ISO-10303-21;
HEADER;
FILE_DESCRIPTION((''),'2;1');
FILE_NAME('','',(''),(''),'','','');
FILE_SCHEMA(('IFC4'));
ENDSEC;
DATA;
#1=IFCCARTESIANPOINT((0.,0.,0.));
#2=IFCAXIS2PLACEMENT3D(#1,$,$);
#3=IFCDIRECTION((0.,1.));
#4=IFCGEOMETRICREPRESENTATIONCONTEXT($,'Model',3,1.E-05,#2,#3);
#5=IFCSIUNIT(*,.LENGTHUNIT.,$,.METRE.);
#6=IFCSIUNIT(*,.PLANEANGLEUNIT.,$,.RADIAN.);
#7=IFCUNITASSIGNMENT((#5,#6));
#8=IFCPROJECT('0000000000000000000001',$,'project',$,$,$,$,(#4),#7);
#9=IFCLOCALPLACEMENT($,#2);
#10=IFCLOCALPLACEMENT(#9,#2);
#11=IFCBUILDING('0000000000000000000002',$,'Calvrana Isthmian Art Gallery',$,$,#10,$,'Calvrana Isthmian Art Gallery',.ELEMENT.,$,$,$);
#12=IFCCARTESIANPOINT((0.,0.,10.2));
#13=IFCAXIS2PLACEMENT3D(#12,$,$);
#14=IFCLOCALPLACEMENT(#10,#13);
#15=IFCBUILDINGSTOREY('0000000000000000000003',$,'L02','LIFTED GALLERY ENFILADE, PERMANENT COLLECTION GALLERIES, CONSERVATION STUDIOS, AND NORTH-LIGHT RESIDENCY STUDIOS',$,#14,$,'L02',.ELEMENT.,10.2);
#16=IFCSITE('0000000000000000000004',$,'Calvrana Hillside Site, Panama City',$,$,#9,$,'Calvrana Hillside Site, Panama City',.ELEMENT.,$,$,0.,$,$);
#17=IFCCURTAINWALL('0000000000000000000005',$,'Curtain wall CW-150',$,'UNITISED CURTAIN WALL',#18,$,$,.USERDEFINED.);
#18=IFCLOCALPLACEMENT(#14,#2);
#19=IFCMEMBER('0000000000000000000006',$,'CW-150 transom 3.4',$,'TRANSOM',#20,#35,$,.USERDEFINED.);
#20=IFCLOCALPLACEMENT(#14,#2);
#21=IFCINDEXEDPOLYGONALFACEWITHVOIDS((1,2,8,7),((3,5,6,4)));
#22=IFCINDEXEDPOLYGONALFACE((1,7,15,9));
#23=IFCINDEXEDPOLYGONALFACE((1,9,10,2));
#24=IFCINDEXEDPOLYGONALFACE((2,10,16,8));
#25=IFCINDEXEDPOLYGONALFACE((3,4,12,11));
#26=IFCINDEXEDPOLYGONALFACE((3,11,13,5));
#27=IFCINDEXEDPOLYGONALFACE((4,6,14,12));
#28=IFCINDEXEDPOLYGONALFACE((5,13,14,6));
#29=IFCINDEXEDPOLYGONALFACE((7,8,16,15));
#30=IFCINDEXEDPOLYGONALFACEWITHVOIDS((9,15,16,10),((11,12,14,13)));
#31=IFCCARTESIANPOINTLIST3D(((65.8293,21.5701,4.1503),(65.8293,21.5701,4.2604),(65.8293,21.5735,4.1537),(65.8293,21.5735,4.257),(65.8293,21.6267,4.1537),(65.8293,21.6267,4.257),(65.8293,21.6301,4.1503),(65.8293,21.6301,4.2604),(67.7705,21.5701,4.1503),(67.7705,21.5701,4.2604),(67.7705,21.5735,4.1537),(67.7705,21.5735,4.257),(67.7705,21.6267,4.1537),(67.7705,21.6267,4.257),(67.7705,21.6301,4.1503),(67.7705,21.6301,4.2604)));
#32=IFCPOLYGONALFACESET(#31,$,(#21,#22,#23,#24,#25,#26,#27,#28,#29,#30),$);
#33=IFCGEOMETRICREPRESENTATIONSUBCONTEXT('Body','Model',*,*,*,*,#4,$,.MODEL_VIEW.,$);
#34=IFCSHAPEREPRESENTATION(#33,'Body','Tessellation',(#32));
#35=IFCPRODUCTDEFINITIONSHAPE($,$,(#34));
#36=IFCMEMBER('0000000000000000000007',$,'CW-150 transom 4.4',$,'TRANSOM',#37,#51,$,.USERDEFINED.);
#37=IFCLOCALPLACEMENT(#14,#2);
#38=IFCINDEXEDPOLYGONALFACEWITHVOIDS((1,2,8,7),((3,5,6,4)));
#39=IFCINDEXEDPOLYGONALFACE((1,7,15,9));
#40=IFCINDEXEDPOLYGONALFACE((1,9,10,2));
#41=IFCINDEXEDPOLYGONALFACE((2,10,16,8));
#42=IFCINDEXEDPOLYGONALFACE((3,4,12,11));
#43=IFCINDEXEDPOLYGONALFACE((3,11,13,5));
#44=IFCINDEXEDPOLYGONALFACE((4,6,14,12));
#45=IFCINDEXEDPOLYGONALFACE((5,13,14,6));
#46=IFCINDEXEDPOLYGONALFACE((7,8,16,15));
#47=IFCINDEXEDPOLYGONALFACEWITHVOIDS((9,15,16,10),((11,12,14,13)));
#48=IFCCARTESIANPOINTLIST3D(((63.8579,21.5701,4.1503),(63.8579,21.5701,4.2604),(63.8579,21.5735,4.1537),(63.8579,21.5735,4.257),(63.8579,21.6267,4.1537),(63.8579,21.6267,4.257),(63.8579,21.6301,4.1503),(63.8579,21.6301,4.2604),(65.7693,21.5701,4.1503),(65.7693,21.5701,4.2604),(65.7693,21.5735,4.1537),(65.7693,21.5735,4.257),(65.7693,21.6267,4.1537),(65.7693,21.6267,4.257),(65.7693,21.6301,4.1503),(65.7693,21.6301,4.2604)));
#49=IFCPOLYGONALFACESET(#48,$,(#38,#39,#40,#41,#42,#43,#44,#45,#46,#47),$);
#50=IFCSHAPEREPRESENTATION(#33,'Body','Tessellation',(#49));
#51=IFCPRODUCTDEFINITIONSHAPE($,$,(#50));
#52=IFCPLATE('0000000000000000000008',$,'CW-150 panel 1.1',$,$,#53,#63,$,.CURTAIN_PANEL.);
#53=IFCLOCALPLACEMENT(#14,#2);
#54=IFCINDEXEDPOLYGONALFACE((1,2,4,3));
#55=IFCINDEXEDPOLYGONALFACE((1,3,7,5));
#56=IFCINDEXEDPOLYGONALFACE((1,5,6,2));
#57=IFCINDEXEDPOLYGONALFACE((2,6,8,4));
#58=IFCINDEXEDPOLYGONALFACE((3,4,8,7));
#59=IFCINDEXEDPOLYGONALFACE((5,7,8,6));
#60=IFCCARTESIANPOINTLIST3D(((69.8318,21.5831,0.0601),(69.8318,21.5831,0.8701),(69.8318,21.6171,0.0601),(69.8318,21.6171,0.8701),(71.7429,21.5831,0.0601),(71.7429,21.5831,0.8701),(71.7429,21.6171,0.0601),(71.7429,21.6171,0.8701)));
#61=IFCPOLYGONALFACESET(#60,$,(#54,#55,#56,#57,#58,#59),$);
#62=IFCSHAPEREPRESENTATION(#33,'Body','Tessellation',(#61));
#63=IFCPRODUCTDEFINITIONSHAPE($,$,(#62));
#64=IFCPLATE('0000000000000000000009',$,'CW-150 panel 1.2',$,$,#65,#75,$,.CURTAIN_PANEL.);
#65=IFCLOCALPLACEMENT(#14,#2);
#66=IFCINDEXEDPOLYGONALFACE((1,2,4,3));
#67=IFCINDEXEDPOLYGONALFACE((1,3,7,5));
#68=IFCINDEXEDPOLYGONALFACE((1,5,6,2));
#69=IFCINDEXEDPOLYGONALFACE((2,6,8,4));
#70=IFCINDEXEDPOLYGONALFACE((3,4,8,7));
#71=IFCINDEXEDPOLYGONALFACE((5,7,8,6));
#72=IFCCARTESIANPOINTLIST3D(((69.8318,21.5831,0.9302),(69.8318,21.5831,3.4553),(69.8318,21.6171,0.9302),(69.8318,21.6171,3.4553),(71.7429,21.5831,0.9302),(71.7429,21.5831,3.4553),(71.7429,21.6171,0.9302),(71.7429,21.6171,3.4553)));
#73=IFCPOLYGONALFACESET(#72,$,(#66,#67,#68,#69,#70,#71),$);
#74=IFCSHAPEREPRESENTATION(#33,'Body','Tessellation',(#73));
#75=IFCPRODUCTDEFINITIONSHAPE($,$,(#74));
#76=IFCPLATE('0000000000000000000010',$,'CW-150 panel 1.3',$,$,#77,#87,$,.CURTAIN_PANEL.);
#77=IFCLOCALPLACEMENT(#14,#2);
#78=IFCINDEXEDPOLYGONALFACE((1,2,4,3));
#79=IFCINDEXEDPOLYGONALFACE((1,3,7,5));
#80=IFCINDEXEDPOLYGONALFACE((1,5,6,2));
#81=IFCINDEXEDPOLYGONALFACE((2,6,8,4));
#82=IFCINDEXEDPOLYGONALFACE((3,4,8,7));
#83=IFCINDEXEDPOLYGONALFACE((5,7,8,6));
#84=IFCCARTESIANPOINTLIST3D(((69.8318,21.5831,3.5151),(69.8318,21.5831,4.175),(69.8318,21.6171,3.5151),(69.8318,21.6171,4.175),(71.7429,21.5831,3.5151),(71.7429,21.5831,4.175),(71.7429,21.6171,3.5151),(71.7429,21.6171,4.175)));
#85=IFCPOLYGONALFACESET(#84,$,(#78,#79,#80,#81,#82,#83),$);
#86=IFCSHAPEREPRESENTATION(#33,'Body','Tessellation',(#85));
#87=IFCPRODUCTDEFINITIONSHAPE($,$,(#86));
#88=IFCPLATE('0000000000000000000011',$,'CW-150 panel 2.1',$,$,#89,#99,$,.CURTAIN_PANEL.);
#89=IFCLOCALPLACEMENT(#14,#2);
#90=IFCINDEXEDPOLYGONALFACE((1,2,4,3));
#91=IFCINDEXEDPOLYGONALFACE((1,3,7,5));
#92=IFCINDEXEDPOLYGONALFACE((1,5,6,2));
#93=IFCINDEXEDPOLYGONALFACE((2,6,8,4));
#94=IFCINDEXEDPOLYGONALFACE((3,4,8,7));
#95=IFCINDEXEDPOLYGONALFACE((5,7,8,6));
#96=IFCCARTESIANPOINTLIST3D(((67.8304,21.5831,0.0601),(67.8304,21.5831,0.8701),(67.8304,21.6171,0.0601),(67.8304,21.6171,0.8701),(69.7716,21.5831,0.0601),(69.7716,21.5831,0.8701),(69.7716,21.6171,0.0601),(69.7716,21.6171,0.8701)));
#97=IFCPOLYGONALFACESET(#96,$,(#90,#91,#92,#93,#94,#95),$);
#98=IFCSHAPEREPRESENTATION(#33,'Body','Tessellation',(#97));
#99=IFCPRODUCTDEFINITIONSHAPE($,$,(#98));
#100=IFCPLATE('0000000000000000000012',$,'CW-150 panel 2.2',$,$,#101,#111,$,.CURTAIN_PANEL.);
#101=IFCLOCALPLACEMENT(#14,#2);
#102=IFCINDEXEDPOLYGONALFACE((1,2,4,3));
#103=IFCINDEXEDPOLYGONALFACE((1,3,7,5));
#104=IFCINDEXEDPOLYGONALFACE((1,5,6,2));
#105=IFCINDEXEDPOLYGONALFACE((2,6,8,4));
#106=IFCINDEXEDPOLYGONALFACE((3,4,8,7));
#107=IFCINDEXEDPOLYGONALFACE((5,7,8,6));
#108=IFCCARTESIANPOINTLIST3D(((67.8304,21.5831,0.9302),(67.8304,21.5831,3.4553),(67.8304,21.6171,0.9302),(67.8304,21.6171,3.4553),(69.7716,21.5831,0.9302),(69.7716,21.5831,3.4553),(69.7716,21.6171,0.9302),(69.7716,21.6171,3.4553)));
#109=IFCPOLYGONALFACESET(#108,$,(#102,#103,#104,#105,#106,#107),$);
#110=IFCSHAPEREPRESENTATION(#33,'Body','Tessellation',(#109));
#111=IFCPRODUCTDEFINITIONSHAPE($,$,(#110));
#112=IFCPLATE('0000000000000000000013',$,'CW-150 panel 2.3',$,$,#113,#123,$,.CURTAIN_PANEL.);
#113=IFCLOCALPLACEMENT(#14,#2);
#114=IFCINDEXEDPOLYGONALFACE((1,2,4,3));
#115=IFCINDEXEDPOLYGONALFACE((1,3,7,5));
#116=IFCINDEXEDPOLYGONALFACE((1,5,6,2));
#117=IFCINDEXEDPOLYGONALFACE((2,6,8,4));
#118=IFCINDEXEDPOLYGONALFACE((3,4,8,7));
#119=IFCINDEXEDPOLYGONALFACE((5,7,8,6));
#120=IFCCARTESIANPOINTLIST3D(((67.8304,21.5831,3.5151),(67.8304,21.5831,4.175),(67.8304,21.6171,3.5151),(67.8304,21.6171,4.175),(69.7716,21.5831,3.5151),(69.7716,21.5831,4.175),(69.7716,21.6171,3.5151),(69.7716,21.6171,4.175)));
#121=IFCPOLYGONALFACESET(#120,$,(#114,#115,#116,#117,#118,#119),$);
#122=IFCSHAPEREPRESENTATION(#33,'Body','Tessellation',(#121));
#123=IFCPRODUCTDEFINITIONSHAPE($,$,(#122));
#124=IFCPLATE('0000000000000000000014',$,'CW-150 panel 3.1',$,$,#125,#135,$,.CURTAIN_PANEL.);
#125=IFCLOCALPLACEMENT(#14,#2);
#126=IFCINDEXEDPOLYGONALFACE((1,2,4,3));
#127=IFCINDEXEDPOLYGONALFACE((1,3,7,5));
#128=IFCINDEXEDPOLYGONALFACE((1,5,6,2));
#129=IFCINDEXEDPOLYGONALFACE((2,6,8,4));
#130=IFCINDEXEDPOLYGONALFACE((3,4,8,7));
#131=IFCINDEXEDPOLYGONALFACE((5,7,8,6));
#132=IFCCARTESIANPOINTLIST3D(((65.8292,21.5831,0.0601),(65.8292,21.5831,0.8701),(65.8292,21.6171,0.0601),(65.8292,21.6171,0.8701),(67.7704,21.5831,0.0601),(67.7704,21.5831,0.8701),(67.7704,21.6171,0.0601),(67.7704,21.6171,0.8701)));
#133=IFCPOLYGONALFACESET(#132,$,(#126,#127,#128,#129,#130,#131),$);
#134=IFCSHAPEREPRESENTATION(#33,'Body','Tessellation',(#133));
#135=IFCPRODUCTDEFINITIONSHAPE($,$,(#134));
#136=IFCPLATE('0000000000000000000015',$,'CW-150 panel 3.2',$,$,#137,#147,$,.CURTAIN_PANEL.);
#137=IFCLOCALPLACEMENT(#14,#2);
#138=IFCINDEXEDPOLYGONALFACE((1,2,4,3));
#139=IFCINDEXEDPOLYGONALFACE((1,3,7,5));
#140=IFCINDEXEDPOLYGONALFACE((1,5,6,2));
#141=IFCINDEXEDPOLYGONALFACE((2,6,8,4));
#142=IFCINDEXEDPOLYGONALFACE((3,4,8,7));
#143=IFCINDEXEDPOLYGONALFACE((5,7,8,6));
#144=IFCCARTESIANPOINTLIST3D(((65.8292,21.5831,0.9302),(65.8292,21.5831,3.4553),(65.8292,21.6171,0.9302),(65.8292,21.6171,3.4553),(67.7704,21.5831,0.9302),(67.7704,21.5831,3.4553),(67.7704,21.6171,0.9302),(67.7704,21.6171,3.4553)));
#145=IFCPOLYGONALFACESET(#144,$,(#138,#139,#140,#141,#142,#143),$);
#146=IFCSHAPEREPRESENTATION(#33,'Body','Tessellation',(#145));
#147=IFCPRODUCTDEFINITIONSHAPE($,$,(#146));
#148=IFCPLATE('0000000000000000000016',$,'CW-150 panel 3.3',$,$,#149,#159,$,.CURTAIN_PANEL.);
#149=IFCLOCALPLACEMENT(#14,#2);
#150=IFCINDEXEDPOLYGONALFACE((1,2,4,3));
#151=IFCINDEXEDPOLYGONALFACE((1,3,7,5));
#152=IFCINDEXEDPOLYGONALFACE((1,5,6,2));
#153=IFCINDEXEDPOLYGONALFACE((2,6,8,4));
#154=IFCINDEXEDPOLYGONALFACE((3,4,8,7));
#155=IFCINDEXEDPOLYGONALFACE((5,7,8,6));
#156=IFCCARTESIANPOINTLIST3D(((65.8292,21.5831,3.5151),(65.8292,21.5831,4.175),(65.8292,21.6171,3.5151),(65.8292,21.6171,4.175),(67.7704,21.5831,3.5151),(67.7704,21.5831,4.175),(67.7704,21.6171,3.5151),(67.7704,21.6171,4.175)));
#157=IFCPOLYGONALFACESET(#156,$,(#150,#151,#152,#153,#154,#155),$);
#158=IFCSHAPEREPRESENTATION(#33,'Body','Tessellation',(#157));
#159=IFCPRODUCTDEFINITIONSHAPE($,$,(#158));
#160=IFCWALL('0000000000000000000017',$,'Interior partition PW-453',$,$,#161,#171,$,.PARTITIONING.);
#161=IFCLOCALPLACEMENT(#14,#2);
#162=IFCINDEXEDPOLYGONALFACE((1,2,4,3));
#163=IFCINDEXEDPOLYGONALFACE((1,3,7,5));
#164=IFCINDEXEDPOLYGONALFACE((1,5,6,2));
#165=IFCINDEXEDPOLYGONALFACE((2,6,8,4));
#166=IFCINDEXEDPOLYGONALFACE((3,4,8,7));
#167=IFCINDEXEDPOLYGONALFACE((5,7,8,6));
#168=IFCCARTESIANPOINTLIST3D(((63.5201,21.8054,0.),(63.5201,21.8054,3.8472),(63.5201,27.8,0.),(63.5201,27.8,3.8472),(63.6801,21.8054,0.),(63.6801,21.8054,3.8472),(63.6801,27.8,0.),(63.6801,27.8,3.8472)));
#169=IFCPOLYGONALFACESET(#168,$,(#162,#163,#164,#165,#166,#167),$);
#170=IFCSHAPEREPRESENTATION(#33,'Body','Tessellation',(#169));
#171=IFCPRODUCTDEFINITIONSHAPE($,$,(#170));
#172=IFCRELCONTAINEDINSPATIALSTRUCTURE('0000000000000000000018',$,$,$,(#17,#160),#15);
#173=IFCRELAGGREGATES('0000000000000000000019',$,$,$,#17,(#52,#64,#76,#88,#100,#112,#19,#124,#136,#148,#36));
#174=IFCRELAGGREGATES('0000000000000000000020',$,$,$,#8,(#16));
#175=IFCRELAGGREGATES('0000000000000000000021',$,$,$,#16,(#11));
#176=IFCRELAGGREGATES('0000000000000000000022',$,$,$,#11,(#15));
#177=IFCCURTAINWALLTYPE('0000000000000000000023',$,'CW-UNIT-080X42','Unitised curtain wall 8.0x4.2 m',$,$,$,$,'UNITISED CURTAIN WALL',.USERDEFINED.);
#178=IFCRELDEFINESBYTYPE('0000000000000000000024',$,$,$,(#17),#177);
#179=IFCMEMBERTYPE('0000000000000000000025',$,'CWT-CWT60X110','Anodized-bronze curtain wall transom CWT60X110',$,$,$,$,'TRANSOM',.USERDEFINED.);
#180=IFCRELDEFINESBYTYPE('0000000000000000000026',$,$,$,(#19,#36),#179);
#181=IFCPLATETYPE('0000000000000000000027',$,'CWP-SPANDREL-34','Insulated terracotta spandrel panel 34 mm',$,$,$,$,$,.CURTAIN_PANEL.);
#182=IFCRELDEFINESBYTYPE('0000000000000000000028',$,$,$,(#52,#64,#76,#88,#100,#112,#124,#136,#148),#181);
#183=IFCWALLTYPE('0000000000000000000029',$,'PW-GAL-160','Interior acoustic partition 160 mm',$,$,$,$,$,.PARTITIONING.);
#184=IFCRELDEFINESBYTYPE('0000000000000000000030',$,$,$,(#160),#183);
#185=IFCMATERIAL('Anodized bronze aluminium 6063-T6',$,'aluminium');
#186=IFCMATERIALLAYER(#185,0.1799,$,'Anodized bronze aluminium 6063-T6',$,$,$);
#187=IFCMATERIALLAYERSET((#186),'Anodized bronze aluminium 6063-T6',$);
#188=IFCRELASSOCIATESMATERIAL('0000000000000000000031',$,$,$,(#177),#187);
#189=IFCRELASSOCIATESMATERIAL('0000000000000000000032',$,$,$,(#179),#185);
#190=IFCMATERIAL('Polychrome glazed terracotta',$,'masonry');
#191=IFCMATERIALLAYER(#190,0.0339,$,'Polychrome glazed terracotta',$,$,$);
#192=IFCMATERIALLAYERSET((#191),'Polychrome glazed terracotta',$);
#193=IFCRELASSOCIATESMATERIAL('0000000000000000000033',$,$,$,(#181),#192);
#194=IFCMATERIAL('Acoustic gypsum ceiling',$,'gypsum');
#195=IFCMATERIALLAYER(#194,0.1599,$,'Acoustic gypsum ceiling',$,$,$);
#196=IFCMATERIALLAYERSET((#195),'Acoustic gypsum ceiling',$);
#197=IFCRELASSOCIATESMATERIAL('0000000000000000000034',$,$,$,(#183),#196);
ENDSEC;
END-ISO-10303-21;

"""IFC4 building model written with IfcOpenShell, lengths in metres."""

from ifc_helpers import new_model, si_unit, direction, frame, frame_2d, origin, origin_2d, place, context, subcontext, project, spatial, rectangle, hollow_rectangle, extrude, material, layer, layer_set, material_profile, profile_set, type_object, element, aggregate, save


model = new_model("IFC4")

# Units and contexts
model_context = context("Model", 3, precision=1e-05, world=origin(), true_north=direction((0.0, 1.0)))
body_context = subcontext(model_context, "Body", "Model", "MODEL_VIEW")
ifc_project = project(units=[si_unit("LENGTHUNIT", "METRE"), si_unit("PLANEANGLEUNIT", "RADIAN")], contexts=[model_context])

# Site, building, storey
site_placement = place(None, origin())
site = spatial("IfcSite", under=ifc_project, at=site_placement, Name="Calvrana Hillside Site, Panama City", LongName="Calvrana Hillside Site, Panama City", CompositionType="ELEMENT", RefElevation=0.0)
building_placement = place(site_placement, origin())
building = spatial("IfcBuilding", under=site, at=building_placement, Name="Calvrana Isthmian Art Gallery", LongName="Calvrana Isthmian Art Gallery", CompositionType="ELEMENT")
storey_placement = place(building_placement, frame((0.0, 0.0, 10.2)))
storey = spatial("IfcBuildingStorey", under=building, at=storey_placement, Name="L02", Description="LIFTED GALLERY ENFILADE, PERMANENT COLLECTION GALLERIES, CONSERVATION STUDIOS, AND NORTH-LIGHT RESIDENCY STUDIOS", LongName="L02", CompositionType="ELEMENT", Elevation=10.2)

# Curtain wall, members, plates
ifc_material_1 = material(Name="Anodized bronze aluminium 6063-T6", Category="aluminium")
ifc_layer_1 = layer(ifc_material_1, 0.1799, Name="Anodized bronze aluminium 6063-T6")
ifc_layer_set_1 = layer_set([ifc_layer_1], Name="Anodized bronze aluminium 6063-T6")
curtain_wall_type = type_object("IfcCurtainWallType", Name="CW-UNIT-080X42", Description="Unitised curtain wall 8.0x4.2 m", ElementType="UNITISED CURTAIN WALL", PredefinedType="USERDEFINED", material=ifc_layer_set_1)
curtain_wall_placement = place(storey_placement, origin())
curtain_wall = element("IfcCurtainWall", 1, at=curtain_wall_placement, inside=storey, type_object=curtain_wall_type, Name="Curtain wall CW-150", ObjectType="UNITISED CURTAIN WALL", PredefinedType="USERDEFINED")
ifc_material_profile_1 = material_profile(ifc_material_1, hollow_rectangle(XDim=0.0601, YDim=0.1101, WallThickness=0.0034, at=origin_2d()), Name="CWT60X110")
ifc_profile_set_1 = profile_set([ifc_material_profile_1], Name="Anodized bronze aluminium 6063-T6")
member_type_1 = type_object("IfcMemberType", Name="CWT-CWT60X110", Description="Anodized-bronze curtain wall transom CWT60X110", ElementType="TRANSOM", PredefinedType="USERDEFINED", material=ifc_profile_set_1)
member_1_placement = place(storey_placement, frame((67.7705, 21.6001, 4.2053), z_axis=(-1.0, 0.0, 0.0), x_axis=(0.0, -1.0, 0.0)))
member_1 = element("IfcMember", 2, at=member_1_placement, type_object=member_type_1, Name="CW-150 transom 3.4", ObjectType="TRANSOM", PredefinedType="USERDEFINED", context=body_context, shape_type="SweptSolid", body=[
    extrude(hollow_rectangle(XDim=0.0601, YDim=0.1101, WallThickness=0.0034, at=origin_2d()), origin(), (0.0, 0.0, 1.0), 1.9412),
])
member_2_placement = place(storey_placement, frame((65.7693, 21.6001, 4.2053), z_axis=(-1.0, 0.0, 0.0), x_axis=(0.0, -1.0, 0.0)))
member_2 = element("IfcMember", 3, at=member_2_placement, type_object=member_type_1, Name="CW-150 transom 4.4", ObjectType="TRANSOM", PredefinedType="USERDEFINED", context=body_context, shape_type="SweptSolid", body=[
    extrude(hollow_rectangle(XDim=0.0601, YDim=0.1101, WallThickness=0.0034, at=origin_2d()), origin(), (0.0, 0.0, 1.0), 1.9114),
])
ifc_material_2 = material(Name="Polychrome glazed terracotta", Category="masonry")
ifc_layer_2 = layer(ifc_material_2, 0.0339, Name="Polychrome glazed terracotta")
ifc_layer_set_2 = layer_set([ifc_layer_2], Name="Polychrome glazed terracotta")
plate_type = type_object("IfcPlateType", Name="CWP-SPANDREL-34", Description="Insulated terracotta spandrel panel 34 mm", PredefinedType="CURTAIN_PANEL", material=ifc_layer_set_2)
plate_1_placement = place(storey_placement, frame((70.7874, 21.6001, 0.0601), z_axis=(0.0, 0.0, 1.0), x_axis=(-1.0, 0.0, 0.0)))
plate_1 = element("IfcPlate", 4, at=plate_1_placement, type_object=plate_type, Name="CW-150 panel 1.1", PredefinedType="CURTAIN_PANEL", context=body_context, shape_type="SweptSolid", body=[
    extrude(rectangle(XDim=1.9111, YDim=0.0339, at=origin_2d()), origin(), (0.0, 0.0, 1.0), 0.8101),
])
plate_2_placement = place(storey_placement, frame((70.7874, 21.6001, 0.9302), z_axis=(0.0, 0.0, 1.0), x_axis=(-1.0, 0.0, 0.0)))
plate_2 = element("IfcPlate", 5, at=plate_2_placement, type_object=plate_type, Name="CW-150 panel 1.2", PredefinedType="CURTAIN_PANEL", context=body_context, shape_type="SweptSolid", body=[
    extrude(rectangle(XDim=1.9111, YDim=0.0339, at=origin_2d()), origin(), (0.0, 0.0, 1.0), 2.5251),
])
plate_3_placement = place(storey_placement, frame((70.7874, 21.6001, 3.5151), z_axis=(0.0, 0.0, 1.0), x_axis=(-1.0, 0.0, 0.0)))
plate_3 = element("IfcPlate", 6, at=plate_3_placement, type_object=plate_type, Name="CW-150 panel 1.3", PredefinedType="CURTAIN_PANEL", context=body_context, shape_type="SweptSolid", body=[
    extrude(rectangle(XDim=1.9111, YDim=0.0339, at=origin_2d()), origin(), (0.0, 0.0, 1.0), 0.6599),
])
plate_4_placement = place(storey_placement, frame((68.801, 21.6001, 0.0601), z_axis=(0.0, 0.0, 1.0), x_axis=(-1.0, 0.0, 0.0)))
plate_4 = element("IfcPlate", 7, at=plate_4_placement, type_object=plate_type, Name="CW-150 panel 2.1", PredefinedType="CURTAIN_PANEL", context=body_context, shape_type="SweptSolid", body=[
    extrude(rectangle(XDim=1.9412, YDim=0.0339, at=origin_2d()), origin(), (0.0, 0.0, 1.0), 0.8101),
])
plate_5_placement = place(storey_placement, frame((68.801, 21.6001, 0.9302), z_axis=(0.0, 0.0, 1.0), x_axis=(-1.0, 0.0, 0.0)))
plate_5 = element("IfcPlate", 8, at=plate_5_placement, type_object=plate_type, Name="CW-150 panel 2.2", PredefinedType="CURTAIN_PANEL", context=body_context, shape_type="SweptSolid", body=[
    extrude(rectangle(XDim=1.9412, YDim=0.0339, at=origin_2d()), origin(), (0.0, 0.0, 1.0), 2.5251),
])
plate_6_placement = place(storey_placement, frame((68.801, 21.6001, 3.5151), z_axis=(0.0, 0.0, 1.0), x_axis=(-1.0, 0.0, 0.0)))
plate_6 = element("IfcPlate", 9, at=plate_6_placement, type_object=plate_type, Name="CW-150 panel 2.3", PredefinedType="CURTAIN_PANEL", context=body_context, shape_type="SweptSolid", body=[
    extrude(rectangle(XDim=1.9412, YDim=0.0339, at=origin_2d()), origin(), (0.0, 0.0, 1.0), 0.6599),
])
plate_7_placement = place(storey_placement, frame((66.7998, 21.6001, 0.0601), z_axis=(0.0, 0.0, 1.0), x_axis=(-1.0, 0.0, 0.0)))
plate_7 = element("IfcPlate", 10, at=plate_7_placement, type_object=plate_type, Name="CW-150 panel 3.1", PredefinedType="CURTAIN_PANEL", context=body_context, shape_type="SweptSolid", body=[
    extrude(rectangle(XDim=1.9412, YDim=0.0339, at=origin_2d()), origin(), (0.0, 0.0, 1.0), 0.8101),
])
plate_8_placement = place(storey_placement, frame((66.7998, 21.6001, 0.9302), z_axis=(0.0, 0.0, 1.0), x_axis=(-1.0, 0.0, 0.0)))
plate_8 = element("IfcPlate", 11, at=plate_8_placement, type_object=plate_type, Name="CW-150 panel 3.2", PredefinedType="CURTAIN_PANEL", context=body_context, shape_type="SweptSolid", body=[
    extrude(rectangle(XDim=1.9412, YDim=0.0339, at=origin_2d()), origin(), (0.0, 0.0, 1.0), 2.5251),
])
plate_9_placement = place(storey_placement, frame((66.7998, 21.6001, 3.5151), z_axis=(0.0, 0.0, 1.0), x_axis=(-1.0, 0.0, 0.0)))
plate_9 = element("IfcPlate", 12, at=plate_9_placement, type_object=plate_type, Name="CW-150 panel 3.3", PredefinedType="CURTAIN_PANEL", context=body_context, shape_type="SweptSolid", body=[
    extrude(rectangle(XDim=1.9412, YDim=0.0339, at=origin_2d()), origin(), (0.0, 0.0, 1.0), 0.6599),
])
aggregate(curtain_wall, [plate_1, plate_2, plate_3, plate_4, plate_5, plate_6, member_1, plate_7, plate_8, plate_9, member_2])

# Wall
ifc_material_3 = material(Name="Acoustic gypsum ceiling", Category="gypsum")
ifc_layer_3 = layer(ifc_material_3, 0.1599, Name="Acoustic gypsum ceiling")
ifc_layer_set_3 = layer_set([ifc_layer_3], Name="Acoustic gypsum ceiling")
wall_type = type_object("IfcWallType", Name="PW-GAL-160", Description="Interior acoustic partition 160 mm", PredefinedType="PARTITIONING", material=ifc_layer_set_3)
wall_placement = place(storey_placement, frame((63.6001, 21.8054, 0.0), z_axis=(0.0, 0.0, 1.0), x_axis=(0.0, 1.0, 0.0)))
element("IfcWall", 13, at=wall_placement, inside=storey, type_object=wall_type, Name="Interior partition PW-453", PredefinedType="PARTITIONING", context=body_context, shape_type="SweptSolid", body=[
    extrude(rectangle(XDim=5.9946, YDim=0.1599, at=frame_2d((2.9973, 0.0))), origin(), (0.0, 0.0, 1.0), 3.8472),
])

save(model, "model.ifc")
